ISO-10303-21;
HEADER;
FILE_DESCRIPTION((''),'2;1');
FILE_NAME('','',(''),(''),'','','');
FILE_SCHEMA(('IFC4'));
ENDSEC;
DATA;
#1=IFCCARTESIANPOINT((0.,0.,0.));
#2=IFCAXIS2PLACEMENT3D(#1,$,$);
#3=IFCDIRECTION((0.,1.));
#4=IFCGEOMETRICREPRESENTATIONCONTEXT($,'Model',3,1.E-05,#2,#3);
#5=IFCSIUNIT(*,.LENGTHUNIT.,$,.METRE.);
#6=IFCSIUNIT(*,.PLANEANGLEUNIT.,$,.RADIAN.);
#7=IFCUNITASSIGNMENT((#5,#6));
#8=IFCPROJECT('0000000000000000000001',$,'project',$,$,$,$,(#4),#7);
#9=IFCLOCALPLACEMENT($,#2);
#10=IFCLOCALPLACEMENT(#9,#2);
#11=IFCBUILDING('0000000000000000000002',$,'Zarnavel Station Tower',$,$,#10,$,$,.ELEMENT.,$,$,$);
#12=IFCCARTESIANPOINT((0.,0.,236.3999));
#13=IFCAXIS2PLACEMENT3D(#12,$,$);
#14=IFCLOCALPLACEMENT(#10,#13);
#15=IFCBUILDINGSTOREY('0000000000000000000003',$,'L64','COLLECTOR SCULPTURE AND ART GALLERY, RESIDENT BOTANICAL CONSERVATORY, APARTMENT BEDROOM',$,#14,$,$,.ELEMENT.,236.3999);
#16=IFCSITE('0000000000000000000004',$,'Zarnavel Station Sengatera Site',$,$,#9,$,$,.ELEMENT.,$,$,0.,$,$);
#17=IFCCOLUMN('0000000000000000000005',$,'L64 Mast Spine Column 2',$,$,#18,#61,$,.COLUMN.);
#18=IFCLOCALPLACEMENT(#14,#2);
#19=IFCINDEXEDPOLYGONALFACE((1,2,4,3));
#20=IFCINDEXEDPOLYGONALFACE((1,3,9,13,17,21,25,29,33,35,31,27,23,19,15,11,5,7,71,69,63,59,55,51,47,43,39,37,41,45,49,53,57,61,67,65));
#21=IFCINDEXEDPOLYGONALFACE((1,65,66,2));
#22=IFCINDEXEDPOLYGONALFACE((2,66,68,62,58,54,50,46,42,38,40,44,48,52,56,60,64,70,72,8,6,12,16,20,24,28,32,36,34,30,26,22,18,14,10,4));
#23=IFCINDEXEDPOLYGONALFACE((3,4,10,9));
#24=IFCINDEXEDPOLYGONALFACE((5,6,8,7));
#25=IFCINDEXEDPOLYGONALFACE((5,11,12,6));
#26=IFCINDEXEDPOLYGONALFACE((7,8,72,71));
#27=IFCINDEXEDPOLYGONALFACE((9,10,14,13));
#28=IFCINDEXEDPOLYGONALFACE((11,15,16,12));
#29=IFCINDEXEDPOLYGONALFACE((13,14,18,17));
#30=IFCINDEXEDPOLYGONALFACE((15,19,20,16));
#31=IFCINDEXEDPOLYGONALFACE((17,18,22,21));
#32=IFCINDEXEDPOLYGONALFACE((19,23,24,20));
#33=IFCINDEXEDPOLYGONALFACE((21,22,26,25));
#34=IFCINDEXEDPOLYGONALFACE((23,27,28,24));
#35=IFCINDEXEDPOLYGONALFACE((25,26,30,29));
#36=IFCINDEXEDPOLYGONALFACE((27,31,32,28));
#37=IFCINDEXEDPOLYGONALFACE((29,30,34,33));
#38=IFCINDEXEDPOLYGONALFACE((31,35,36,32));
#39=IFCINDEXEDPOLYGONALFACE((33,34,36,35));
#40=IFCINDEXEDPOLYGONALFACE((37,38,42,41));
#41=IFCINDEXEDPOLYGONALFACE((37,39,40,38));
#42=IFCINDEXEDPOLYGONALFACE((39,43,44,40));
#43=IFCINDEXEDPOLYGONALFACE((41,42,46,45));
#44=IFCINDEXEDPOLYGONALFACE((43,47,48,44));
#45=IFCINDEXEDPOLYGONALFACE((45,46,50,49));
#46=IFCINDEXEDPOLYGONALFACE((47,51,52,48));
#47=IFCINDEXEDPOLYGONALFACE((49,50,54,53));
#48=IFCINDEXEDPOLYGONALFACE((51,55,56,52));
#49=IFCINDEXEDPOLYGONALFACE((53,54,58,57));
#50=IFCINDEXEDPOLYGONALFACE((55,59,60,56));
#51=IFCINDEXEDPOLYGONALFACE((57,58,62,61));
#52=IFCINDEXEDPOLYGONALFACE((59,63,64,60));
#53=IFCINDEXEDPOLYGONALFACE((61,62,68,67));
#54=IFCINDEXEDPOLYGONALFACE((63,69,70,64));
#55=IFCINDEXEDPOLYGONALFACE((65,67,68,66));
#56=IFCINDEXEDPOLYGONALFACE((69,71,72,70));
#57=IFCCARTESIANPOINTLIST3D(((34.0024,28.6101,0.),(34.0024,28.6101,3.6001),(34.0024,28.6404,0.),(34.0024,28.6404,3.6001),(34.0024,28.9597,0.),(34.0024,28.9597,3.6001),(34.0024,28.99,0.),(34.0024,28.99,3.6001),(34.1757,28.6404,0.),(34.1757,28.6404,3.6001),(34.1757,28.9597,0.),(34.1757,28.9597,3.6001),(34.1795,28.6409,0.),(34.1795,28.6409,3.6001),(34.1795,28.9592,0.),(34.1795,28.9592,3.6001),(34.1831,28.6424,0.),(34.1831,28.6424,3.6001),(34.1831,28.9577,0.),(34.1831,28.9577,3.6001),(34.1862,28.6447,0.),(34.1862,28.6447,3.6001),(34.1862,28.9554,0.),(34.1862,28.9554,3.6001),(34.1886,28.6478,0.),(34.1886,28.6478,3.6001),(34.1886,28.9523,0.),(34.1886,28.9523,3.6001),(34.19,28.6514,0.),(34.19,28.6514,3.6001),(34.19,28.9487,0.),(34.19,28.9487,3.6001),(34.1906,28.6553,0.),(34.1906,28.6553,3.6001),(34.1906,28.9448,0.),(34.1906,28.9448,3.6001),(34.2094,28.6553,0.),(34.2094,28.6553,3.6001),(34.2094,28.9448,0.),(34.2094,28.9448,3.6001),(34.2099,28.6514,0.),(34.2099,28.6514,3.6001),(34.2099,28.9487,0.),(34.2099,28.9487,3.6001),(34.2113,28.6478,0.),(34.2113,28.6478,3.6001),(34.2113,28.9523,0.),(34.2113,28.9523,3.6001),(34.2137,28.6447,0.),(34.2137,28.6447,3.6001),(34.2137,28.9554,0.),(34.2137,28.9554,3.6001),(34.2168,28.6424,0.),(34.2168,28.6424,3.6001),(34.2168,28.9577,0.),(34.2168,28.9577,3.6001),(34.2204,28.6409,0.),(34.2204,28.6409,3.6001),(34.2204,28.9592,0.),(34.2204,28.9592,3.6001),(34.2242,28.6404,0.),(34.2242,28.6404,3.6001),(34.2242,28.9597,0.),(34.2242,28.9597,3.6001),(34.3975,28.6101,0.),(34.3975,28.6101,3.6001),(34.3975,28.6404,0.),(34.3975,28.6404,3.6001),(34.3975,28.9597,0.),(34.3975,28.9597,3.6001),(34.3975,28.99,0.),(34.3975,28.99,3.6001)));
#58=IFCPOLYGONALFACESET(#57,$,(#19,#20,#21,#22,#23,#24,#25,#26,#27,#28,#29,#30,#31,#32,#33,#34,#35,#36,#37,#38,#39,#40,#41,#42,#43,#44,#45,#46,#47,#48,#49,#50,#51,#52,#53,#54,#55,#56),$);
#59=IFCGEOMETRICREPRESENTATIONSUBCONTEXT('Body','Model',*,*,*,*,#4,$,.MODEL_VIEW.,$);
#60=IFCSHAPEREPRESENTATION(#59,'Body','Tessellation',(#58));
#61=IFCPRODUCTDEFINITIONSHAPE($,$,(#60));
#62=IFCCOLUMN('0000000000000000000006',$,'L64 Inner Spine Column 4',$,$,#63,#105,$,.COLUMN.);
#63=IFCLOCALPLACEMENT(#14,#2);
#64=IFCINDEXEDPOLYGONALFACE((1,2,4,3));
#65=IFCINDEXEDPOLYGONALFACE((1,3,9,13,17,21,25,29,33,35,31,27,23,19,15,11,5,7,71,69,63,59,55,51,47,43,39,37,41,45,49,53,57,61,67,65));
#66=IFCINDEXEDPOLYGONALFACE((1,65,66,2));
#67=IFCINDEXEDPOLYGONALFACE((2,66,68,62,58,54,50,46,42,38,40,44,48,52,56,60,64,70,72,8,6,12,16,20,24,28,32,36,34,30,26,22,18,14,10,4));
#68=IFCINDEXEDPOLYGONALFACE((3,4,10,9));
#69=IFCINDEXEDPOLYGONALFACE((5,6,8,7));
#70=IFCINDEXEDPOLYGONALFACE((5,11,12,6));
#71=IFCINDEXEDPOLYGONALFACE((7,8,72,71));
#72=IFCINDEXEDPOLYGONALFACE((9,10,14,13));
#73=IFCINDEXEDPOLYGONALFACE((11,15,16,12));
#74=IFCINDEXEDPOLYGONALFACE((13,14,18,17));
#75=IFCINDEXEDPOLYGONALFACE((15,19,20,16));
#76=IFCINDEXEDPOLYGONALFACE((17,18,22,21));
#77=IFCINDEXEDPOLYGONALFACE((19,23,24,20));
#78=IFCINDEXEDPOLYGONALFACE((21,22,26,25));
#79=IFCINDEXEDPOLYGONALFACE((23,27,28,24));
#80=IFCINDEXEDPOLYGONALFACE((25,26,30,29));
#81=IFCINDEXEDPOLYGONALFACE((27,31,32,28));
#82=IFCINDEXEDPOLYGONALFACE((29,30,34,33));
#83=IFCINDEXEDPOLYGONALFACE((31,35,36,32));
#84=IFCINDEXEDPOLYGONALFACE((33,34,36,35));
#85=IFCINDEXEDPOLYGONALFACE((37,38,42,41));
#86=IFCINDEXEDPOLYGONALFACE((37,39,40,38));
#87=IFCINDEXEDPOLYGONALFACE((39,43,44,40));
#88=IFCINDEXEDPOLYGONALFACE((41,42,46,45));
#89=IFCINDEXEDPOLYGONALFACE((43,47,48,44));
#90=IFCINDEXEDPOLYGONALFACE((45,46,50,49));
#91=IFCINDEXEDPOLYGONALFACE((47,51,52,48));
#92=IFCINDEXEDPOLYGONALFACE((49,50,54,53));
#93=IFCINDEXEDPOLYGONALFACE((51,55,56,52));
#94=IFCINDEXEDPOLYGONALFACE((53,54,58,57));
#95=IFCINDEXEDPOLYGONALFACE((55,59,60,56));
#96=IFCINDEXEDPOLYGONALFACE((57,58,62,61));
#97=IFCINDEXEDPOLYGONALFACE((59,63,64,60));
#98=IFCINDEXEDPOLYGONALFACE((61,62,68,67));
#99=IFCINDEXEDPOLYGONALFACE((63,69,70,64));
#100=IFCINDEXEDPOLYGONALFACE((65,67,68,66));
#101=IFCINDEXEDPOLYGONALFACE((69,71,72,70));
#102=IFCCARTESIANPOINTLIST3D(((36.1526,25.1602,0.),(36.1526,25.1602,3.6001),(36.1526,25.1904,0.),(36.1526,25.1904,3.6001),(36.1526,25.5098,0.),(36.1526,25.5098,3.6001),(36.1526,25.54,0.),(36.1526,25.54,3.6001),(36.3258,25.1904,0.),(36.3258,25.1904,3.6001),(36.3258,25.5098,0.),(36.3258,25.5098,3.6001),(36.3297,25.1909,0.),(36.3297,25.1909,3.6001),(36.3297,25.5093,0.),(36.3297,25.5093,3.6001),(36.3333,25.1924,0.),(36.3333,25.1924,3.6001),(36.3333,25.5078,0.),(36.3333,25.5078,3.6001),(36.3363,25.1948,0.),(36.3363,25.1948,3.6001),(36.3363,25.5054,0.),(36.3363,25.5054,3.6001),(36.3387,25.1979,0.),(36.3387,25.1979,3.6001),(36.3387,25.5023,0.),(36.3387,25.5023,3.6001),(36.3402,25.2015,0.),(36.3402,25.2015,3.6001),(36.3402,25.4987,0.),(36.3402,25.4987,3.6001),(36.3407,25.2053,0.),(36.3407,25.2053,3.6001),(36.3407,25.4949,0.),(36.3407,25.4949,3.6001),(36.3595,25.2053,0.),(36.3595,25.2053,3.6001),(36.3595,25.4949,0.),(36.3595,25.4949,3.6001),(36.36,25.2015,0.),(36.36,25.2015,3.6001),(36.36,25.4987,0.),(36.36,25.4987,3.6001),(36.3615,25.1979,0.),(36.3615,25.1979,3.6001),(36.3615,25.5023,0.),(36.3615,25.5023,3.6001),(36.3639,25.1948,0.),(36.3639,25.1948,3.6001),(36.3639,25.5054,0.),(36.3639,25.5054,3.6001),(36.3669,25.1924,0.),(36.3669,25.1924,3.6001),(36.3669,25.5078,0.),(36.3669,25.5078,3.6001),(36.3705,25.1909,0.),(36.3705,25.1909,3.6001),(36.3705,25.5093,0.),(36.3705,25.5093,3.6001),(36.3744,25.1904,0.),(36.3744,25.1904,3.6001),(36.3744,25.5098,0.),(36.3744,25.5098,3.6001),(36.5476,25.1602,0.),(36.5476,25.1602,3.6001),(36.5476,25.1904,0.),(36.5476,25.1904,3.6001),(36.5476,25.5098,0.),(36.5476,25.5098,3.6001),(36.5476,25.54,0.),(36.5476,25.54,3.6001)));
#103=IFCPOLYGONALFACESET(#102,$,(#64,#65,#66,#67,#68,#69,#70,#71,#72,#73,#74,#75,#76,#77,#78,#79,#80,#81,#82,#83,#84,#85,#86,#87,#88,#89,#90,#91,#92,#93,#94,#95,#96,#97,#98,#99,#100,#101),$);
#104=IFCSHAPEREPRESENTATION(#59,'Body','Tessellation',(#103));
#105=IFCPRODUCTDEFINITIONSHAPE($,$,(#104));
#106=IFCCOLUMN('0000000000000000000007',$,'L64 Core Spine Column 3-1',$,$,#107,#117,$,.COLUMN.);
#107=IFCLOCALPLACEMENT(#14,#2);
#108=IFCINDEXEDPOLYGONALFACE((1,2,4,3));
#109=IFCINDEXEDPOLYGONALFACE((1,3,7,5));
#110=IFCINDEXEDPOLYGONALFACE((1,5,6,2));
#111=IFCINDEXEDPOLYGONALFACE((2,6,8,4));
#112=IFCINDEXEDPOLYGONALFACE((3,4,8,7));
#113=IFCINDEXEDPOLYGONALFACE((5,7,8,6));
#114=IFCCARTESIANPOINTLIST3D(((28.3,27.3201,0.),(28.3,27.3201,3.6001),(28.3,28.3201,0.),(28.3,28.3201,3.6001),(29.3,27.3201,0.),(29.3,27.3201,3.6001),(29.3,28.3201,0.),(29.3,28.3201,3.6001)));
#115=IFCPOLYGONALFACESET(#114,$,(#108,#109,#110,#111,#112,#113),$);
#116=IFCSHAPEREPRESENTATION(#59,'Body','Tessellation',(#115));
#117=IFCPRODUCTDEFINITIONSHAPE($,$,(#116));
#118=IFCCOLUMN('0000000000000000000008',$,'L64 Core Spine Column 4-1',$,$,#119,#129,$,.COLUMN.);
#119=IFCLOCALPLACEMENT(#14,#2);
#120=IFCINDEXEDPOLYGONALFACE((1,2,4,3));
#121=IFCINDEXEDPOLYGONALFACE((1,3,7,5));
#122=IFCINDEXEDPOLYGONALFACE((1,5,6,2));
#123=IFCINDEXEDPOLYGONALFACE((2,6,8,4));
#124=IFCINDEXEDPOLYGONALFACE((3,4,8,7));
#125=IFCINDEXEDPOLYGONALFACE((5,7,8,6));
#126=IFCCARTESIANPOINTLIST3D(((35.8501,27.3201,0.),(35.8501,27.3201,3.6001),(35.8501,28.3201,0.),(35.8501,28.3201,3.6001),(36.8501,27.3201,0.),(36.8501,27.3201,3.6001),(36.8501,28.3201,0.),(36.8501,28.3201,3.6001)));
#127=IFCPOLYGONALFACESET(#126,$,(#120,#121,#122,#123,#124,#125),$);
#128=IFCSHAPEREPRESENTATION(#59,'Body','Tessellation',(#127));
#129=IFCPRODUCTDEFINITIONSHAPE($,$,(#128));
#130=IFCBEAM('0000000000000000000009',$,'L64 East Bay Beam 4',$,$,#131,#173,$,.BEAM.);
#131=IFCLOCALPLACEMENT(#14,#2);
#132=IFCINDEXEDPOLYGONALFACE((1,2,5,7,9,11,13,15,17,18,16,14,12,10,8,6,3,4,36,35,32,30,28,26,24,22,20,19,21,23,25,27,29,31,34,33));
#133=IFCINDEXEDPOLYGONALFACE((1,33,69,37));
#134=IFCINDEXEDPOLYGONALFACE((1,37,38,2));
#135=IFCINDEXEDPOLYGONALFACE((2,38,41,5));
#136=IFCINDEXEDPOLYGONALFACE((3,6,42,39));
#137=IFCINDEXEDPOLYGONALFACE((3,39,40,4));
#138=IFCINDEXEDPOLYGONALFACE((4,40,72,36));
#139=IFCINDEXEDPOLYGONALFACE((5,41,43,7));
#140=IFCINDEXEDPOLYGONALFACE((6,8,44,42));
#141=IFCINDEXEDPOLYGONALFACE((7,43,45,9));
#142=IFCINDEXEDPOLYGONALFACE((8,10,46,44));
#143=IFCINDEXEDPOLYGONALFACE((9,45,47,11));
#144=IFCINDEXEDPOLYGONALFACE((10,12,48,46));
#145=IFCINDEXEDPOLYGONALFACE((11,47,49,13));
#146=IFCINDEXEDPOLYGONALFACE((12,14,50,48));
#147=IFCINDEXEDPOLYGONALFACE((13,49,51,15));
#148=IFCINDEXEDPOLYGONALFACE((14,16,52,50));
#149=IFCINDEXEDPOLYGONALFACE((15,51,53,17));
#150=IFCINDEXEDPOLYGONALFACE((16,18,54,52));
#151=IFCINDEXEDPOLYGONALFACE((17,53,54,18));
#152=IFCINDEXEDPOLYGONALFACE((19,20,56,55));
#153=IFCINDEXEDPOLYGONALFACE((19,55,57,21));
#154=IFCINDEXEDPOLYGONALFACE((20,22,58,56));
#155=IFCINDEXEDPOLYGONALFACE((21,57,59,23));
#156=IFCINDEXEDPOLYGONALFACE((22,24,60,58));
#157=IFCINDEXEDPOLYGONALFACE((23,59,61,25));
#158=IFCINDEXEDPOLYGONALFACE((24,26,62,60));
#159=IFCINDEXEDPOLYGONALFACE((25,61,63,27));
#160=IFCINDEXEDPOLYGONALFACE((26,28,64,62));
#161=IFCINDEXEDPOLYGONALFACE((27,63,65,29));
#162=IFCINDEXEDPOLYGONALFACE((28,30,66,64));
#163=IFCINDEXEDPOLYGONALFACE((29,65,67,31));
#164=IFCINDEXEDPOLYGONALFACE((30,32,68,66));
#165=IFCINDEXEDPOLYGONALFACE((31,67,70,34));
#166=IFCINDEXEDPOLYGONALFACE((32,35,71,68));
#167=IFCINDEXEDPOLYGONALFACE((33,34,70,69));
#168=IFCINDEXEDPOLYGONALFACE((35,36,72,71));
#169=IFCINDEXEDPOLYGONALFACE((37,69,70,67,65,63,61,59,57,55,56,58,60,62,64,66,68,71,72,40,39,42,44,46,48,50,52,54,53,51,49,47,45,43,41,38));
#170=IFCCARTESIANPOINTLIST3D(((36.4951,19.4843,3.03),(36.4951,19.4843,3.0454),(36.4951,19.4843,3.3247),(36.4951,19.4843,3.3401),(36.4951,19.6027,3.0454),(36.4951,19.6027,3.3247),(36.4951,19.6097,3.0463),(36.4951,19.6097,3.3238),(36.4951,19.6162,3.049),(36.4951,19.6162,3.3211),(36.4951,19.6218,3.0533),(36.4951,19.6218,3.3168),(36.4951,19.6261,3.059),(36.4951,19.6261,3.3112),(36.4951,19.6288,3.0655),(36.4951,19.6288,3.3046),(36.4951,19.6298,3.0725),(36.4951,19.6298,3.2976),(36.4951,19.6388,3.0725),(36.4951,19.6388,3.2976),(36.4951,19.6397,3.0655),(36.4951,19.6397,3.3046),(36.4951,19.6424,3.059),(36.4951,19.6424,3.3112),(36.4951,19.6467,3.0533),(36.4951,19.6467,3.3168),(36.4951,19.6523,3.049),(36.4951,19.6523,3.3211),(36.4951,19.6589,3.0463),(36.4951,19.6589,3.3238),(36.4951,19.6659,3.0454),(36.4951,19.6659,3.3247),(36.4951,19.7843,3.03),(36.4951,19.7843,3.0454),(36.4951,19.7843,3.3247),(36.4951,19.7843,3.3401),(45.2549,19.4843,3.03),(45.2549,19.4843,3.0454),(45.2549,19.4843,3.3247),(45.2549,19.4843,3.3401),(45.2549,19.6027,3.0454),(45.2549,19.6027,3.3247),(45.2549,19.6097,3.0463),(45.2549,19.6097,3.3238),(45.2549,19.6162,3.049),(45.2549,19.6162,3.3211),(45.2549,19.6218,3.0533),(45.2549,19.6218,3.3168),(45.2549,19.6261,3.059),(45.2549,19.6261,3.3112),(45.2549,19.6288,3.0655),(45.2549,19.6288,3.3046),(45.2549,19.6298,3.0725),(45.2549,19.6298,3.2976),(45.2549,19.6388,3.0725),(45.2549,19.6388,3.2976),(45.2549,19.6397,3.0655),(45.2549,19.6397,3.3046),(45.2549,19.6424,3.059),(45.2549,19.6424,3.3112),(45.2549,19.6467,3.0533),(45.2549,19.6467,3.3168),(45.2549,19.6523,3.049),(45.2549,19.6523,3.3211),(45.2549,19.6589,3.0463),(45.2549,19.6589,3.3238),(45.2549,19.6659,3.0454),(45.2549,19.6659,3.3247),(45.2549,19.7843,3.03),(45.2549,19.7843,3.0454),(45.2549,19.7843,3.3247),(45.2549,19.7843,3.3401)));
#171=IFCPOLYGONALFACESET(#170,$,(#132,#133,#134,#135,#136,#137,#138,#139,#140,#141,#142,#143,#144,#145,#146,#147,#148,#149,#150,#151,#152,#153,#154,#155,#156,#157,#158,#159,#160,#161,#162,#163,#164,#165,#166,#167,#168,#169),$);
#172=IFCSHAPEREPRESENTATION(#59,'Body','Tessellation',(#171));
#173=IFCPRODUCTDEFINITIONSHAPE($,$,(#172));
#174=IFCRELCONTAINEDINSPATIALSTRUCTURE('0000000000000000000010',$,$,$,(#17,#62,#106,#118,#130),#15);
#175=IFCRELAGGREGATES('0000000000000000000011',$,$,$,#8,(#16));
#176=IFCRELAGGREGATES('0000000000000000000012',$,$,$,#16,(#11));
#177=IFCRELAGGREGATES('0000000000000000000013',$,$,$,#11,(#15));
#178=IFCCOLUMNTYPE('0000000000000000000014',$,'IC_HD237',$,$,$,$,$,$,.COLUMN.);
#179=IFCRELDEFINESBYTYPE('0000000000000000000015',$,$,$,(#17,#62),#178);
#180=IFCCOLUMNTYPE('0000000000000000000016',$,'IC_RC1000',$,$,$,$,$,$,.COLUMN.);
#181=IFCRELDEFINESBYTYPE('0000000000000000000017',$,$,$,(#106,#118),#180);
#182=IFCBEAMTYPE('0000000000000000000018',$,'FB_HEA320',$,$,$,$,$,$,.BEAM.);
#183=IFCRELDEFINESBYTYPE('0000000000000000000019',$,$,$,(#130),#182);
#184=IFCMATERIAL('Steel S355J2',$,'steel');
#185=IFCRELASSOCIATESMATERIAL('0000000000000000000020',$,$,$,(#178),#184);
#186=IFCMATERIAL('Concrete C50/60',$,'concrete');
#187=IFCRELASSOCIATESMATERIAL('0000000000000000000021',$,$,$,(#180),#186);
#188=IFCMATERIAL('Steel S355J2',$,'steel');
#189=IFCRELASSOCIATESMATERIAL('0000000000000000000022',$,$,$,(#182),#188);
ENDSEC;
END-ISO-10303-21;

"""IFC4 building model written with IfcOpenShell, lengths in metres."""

from ifc_helpers import new_model, si_unit, direction, frame, origin, origin_2d, place, context, subcontext, project, spatial, rectangle, i_section, extrude, material, material_profile, profile_set, type_object, element, save


model = new_model("IFC4")

# Units and contexts
model_context = context("Model", 3, precision=1e-05, world=origin(), true_north=direction((0.0, 1.0)))
body_context = subcontext(model_context, "Body", "Model", "MODEL_VIEW")
ifc_project = project(units=[si_unit("LENGTHUNIT", "METRE"), si_unit("PLANEANGLEUNIT", "RADIAN")], contexts=[model_context])

# Site, building, storey
site_placement = place(None, origin())
site = spatial("IfcSite", under=ifc_project, at=site_placement, Name="Zarnavel Station Sengatera Site", CompositionType="ELEMENT", RefElevation=0.0)
building_placement = place(site_placement, origin())
building = spatial("IfcBuilding", under=site, at=building_placement, Name="Zarnavel Station Tower", CompositionType="ELEMENT")
storey_placement = place(building_placement, frame((0.0, 0.0, 236.3999)))
storey = spatial("IfcBuildingStorey", under=building, at=storey_placement, Name="L64", Description="COLLECTOR SCULPTURE AND ART GALLERY, RESIDENT BOTANICAL CONSERVATORY, APARTMENT BEDROOM", CompositionType="ELEMENT", Elevation=236.3999)

# Columns
ifc_material_1 = material(Name="Steel S355J2", Category="steel")
ifc_material_profile_1 = material_profile(ifc_material_1, i_section(OverallWidth=0.395, OverallDepth=0.3799, WebThickness=0.0188, FlangeThickness=0.0303, FilletRadius=0.0149, at=origin_2d()), Name="HD400x237")
ifc_profile_set_1 = profile_set([ifc_material_profile_1], Name="Steel S355J2")
column_type_1 = type_object("IfcColumnType", Name="IC_HD237", PredefinedType="COLUMN", material=ifc_profile_set_1)
for number, where, z_axis, x_axis, name in (
    (1, (34.2, 28.8, 0.0), (0.0, 0.0, 1.0), (1.0, 0.0, 0.0), "L64 Mast Spine Column 2"),
    (2, (36.3501, 25.3501, 0.0), (0.0, 0.0, 1.0), (1.0, 0.0, 0.0), "L64 Inner Spine Column 4"),
):
    element("IfcColumn", number, at=place(storey_placement, frame(where, z_axis=z_axis, x_axis=x_axis)), inside=storey, type_object=column_type_1, Name=name, PredefinedType="COLUMN", context=body_context, shape_type="SweptSolid", body=[
        extrude(i_section(OverallWidth=0.395, OverallDepth=0.3799, WebThickness=0.0188, FlangeThickness=0.0303, FilletRadius=0.0149, at=origin_2d()), origin(), (0.0, 0.0, 1.0), 3.6001),
    ])
ifc_material_2 = material(Name="Concrete C50/60", Category="concrete")
ifc_material_profile_2 = material_profile(ifc_material_2, rectangle(XDim=1.0, YDim=1.0, at=origin_2d()), Name="RC1000x1000")
ifc_profile_set_2 = profile_set([ifc_material_profile_2], Name="Concrete C50/60")
column_type_2 = type_object("IfcColumnType", Name="IC_RC1000", PredefinedType="COLUMN", material=ifc_profile_set_2)
for number, where, z_axis, x_axis, name in (
    (3, (28.8, 27.8201, 0.0), (0.0, 0.0, 1.0), (1.0, 0.0, 0.0), "L64 Core Spine Column 3-1"),
    (4, (36.3501, 27.8201, 0.0), (0.0, 0.0, 1.0), (1.0, 0.0, 0.0), "L64 Core Spine Column 4-1"),
):
    element("IfcColumn", number, at=place(storey_placement, frame(where, z_axis=z_axis, x_axis=x_axis)), inside=storey, type_object=column_type_2, Name=name, PredefinedType="COLUMN", context=body_context, shape_type="SweptSolid", body=[
        extrude(rectangle(XDim=1.0, YDim=1.0, at=origin_2d()), origin(), (0.0, 0.0, 1.0), 3.6001),
    ])

# Beam
ifc_material_3 = material(Name="Steel S355J2", Category="steel")
ifc_material_profile_3 = material_profile(ifc_material_3, i_section(OverallWidth=0.3, OverallDepth=0.3101, WebThickness=0.009, FlangeThickness=0.0154, FilletRadius=0.0271, at=origin_2d()), Name="HEA320")
ifc_profile_set_3 = profile_set([ifc_material_profile_3], Name="Steel S355J2")
beam_type_1 = type_object("IfcBeamType", Name="FB_HEA320", PredefinedType="BEAM", material=ifc_profile_set_3)
beam_1_placement = place(storey_placement, frame((36.4951, 19.6343, 3.1851), z_axis=(1.0, 0.0, 0.0), x_axis=(0.0, 1.0, 0.0)))
element("IfcBeam", 5, at=beam_1_placement, inside=storey, type_object=beam_type_1, Name="L64 East Bay Beam 4", PredefinedType="BEAM", context=body_context, shape_type="SweptSolid", body=[
    extrude(i_section(OverallWidth=0.3, OverallDepth=0.3101, WebThickness=0.009, FlangeThickness=0.0154, FilletRadius=0.0271, at=origin_2d()), origin(), (0.0, 0.0, 1.0), 8.7598),
])

save(model, "model.ifc")
